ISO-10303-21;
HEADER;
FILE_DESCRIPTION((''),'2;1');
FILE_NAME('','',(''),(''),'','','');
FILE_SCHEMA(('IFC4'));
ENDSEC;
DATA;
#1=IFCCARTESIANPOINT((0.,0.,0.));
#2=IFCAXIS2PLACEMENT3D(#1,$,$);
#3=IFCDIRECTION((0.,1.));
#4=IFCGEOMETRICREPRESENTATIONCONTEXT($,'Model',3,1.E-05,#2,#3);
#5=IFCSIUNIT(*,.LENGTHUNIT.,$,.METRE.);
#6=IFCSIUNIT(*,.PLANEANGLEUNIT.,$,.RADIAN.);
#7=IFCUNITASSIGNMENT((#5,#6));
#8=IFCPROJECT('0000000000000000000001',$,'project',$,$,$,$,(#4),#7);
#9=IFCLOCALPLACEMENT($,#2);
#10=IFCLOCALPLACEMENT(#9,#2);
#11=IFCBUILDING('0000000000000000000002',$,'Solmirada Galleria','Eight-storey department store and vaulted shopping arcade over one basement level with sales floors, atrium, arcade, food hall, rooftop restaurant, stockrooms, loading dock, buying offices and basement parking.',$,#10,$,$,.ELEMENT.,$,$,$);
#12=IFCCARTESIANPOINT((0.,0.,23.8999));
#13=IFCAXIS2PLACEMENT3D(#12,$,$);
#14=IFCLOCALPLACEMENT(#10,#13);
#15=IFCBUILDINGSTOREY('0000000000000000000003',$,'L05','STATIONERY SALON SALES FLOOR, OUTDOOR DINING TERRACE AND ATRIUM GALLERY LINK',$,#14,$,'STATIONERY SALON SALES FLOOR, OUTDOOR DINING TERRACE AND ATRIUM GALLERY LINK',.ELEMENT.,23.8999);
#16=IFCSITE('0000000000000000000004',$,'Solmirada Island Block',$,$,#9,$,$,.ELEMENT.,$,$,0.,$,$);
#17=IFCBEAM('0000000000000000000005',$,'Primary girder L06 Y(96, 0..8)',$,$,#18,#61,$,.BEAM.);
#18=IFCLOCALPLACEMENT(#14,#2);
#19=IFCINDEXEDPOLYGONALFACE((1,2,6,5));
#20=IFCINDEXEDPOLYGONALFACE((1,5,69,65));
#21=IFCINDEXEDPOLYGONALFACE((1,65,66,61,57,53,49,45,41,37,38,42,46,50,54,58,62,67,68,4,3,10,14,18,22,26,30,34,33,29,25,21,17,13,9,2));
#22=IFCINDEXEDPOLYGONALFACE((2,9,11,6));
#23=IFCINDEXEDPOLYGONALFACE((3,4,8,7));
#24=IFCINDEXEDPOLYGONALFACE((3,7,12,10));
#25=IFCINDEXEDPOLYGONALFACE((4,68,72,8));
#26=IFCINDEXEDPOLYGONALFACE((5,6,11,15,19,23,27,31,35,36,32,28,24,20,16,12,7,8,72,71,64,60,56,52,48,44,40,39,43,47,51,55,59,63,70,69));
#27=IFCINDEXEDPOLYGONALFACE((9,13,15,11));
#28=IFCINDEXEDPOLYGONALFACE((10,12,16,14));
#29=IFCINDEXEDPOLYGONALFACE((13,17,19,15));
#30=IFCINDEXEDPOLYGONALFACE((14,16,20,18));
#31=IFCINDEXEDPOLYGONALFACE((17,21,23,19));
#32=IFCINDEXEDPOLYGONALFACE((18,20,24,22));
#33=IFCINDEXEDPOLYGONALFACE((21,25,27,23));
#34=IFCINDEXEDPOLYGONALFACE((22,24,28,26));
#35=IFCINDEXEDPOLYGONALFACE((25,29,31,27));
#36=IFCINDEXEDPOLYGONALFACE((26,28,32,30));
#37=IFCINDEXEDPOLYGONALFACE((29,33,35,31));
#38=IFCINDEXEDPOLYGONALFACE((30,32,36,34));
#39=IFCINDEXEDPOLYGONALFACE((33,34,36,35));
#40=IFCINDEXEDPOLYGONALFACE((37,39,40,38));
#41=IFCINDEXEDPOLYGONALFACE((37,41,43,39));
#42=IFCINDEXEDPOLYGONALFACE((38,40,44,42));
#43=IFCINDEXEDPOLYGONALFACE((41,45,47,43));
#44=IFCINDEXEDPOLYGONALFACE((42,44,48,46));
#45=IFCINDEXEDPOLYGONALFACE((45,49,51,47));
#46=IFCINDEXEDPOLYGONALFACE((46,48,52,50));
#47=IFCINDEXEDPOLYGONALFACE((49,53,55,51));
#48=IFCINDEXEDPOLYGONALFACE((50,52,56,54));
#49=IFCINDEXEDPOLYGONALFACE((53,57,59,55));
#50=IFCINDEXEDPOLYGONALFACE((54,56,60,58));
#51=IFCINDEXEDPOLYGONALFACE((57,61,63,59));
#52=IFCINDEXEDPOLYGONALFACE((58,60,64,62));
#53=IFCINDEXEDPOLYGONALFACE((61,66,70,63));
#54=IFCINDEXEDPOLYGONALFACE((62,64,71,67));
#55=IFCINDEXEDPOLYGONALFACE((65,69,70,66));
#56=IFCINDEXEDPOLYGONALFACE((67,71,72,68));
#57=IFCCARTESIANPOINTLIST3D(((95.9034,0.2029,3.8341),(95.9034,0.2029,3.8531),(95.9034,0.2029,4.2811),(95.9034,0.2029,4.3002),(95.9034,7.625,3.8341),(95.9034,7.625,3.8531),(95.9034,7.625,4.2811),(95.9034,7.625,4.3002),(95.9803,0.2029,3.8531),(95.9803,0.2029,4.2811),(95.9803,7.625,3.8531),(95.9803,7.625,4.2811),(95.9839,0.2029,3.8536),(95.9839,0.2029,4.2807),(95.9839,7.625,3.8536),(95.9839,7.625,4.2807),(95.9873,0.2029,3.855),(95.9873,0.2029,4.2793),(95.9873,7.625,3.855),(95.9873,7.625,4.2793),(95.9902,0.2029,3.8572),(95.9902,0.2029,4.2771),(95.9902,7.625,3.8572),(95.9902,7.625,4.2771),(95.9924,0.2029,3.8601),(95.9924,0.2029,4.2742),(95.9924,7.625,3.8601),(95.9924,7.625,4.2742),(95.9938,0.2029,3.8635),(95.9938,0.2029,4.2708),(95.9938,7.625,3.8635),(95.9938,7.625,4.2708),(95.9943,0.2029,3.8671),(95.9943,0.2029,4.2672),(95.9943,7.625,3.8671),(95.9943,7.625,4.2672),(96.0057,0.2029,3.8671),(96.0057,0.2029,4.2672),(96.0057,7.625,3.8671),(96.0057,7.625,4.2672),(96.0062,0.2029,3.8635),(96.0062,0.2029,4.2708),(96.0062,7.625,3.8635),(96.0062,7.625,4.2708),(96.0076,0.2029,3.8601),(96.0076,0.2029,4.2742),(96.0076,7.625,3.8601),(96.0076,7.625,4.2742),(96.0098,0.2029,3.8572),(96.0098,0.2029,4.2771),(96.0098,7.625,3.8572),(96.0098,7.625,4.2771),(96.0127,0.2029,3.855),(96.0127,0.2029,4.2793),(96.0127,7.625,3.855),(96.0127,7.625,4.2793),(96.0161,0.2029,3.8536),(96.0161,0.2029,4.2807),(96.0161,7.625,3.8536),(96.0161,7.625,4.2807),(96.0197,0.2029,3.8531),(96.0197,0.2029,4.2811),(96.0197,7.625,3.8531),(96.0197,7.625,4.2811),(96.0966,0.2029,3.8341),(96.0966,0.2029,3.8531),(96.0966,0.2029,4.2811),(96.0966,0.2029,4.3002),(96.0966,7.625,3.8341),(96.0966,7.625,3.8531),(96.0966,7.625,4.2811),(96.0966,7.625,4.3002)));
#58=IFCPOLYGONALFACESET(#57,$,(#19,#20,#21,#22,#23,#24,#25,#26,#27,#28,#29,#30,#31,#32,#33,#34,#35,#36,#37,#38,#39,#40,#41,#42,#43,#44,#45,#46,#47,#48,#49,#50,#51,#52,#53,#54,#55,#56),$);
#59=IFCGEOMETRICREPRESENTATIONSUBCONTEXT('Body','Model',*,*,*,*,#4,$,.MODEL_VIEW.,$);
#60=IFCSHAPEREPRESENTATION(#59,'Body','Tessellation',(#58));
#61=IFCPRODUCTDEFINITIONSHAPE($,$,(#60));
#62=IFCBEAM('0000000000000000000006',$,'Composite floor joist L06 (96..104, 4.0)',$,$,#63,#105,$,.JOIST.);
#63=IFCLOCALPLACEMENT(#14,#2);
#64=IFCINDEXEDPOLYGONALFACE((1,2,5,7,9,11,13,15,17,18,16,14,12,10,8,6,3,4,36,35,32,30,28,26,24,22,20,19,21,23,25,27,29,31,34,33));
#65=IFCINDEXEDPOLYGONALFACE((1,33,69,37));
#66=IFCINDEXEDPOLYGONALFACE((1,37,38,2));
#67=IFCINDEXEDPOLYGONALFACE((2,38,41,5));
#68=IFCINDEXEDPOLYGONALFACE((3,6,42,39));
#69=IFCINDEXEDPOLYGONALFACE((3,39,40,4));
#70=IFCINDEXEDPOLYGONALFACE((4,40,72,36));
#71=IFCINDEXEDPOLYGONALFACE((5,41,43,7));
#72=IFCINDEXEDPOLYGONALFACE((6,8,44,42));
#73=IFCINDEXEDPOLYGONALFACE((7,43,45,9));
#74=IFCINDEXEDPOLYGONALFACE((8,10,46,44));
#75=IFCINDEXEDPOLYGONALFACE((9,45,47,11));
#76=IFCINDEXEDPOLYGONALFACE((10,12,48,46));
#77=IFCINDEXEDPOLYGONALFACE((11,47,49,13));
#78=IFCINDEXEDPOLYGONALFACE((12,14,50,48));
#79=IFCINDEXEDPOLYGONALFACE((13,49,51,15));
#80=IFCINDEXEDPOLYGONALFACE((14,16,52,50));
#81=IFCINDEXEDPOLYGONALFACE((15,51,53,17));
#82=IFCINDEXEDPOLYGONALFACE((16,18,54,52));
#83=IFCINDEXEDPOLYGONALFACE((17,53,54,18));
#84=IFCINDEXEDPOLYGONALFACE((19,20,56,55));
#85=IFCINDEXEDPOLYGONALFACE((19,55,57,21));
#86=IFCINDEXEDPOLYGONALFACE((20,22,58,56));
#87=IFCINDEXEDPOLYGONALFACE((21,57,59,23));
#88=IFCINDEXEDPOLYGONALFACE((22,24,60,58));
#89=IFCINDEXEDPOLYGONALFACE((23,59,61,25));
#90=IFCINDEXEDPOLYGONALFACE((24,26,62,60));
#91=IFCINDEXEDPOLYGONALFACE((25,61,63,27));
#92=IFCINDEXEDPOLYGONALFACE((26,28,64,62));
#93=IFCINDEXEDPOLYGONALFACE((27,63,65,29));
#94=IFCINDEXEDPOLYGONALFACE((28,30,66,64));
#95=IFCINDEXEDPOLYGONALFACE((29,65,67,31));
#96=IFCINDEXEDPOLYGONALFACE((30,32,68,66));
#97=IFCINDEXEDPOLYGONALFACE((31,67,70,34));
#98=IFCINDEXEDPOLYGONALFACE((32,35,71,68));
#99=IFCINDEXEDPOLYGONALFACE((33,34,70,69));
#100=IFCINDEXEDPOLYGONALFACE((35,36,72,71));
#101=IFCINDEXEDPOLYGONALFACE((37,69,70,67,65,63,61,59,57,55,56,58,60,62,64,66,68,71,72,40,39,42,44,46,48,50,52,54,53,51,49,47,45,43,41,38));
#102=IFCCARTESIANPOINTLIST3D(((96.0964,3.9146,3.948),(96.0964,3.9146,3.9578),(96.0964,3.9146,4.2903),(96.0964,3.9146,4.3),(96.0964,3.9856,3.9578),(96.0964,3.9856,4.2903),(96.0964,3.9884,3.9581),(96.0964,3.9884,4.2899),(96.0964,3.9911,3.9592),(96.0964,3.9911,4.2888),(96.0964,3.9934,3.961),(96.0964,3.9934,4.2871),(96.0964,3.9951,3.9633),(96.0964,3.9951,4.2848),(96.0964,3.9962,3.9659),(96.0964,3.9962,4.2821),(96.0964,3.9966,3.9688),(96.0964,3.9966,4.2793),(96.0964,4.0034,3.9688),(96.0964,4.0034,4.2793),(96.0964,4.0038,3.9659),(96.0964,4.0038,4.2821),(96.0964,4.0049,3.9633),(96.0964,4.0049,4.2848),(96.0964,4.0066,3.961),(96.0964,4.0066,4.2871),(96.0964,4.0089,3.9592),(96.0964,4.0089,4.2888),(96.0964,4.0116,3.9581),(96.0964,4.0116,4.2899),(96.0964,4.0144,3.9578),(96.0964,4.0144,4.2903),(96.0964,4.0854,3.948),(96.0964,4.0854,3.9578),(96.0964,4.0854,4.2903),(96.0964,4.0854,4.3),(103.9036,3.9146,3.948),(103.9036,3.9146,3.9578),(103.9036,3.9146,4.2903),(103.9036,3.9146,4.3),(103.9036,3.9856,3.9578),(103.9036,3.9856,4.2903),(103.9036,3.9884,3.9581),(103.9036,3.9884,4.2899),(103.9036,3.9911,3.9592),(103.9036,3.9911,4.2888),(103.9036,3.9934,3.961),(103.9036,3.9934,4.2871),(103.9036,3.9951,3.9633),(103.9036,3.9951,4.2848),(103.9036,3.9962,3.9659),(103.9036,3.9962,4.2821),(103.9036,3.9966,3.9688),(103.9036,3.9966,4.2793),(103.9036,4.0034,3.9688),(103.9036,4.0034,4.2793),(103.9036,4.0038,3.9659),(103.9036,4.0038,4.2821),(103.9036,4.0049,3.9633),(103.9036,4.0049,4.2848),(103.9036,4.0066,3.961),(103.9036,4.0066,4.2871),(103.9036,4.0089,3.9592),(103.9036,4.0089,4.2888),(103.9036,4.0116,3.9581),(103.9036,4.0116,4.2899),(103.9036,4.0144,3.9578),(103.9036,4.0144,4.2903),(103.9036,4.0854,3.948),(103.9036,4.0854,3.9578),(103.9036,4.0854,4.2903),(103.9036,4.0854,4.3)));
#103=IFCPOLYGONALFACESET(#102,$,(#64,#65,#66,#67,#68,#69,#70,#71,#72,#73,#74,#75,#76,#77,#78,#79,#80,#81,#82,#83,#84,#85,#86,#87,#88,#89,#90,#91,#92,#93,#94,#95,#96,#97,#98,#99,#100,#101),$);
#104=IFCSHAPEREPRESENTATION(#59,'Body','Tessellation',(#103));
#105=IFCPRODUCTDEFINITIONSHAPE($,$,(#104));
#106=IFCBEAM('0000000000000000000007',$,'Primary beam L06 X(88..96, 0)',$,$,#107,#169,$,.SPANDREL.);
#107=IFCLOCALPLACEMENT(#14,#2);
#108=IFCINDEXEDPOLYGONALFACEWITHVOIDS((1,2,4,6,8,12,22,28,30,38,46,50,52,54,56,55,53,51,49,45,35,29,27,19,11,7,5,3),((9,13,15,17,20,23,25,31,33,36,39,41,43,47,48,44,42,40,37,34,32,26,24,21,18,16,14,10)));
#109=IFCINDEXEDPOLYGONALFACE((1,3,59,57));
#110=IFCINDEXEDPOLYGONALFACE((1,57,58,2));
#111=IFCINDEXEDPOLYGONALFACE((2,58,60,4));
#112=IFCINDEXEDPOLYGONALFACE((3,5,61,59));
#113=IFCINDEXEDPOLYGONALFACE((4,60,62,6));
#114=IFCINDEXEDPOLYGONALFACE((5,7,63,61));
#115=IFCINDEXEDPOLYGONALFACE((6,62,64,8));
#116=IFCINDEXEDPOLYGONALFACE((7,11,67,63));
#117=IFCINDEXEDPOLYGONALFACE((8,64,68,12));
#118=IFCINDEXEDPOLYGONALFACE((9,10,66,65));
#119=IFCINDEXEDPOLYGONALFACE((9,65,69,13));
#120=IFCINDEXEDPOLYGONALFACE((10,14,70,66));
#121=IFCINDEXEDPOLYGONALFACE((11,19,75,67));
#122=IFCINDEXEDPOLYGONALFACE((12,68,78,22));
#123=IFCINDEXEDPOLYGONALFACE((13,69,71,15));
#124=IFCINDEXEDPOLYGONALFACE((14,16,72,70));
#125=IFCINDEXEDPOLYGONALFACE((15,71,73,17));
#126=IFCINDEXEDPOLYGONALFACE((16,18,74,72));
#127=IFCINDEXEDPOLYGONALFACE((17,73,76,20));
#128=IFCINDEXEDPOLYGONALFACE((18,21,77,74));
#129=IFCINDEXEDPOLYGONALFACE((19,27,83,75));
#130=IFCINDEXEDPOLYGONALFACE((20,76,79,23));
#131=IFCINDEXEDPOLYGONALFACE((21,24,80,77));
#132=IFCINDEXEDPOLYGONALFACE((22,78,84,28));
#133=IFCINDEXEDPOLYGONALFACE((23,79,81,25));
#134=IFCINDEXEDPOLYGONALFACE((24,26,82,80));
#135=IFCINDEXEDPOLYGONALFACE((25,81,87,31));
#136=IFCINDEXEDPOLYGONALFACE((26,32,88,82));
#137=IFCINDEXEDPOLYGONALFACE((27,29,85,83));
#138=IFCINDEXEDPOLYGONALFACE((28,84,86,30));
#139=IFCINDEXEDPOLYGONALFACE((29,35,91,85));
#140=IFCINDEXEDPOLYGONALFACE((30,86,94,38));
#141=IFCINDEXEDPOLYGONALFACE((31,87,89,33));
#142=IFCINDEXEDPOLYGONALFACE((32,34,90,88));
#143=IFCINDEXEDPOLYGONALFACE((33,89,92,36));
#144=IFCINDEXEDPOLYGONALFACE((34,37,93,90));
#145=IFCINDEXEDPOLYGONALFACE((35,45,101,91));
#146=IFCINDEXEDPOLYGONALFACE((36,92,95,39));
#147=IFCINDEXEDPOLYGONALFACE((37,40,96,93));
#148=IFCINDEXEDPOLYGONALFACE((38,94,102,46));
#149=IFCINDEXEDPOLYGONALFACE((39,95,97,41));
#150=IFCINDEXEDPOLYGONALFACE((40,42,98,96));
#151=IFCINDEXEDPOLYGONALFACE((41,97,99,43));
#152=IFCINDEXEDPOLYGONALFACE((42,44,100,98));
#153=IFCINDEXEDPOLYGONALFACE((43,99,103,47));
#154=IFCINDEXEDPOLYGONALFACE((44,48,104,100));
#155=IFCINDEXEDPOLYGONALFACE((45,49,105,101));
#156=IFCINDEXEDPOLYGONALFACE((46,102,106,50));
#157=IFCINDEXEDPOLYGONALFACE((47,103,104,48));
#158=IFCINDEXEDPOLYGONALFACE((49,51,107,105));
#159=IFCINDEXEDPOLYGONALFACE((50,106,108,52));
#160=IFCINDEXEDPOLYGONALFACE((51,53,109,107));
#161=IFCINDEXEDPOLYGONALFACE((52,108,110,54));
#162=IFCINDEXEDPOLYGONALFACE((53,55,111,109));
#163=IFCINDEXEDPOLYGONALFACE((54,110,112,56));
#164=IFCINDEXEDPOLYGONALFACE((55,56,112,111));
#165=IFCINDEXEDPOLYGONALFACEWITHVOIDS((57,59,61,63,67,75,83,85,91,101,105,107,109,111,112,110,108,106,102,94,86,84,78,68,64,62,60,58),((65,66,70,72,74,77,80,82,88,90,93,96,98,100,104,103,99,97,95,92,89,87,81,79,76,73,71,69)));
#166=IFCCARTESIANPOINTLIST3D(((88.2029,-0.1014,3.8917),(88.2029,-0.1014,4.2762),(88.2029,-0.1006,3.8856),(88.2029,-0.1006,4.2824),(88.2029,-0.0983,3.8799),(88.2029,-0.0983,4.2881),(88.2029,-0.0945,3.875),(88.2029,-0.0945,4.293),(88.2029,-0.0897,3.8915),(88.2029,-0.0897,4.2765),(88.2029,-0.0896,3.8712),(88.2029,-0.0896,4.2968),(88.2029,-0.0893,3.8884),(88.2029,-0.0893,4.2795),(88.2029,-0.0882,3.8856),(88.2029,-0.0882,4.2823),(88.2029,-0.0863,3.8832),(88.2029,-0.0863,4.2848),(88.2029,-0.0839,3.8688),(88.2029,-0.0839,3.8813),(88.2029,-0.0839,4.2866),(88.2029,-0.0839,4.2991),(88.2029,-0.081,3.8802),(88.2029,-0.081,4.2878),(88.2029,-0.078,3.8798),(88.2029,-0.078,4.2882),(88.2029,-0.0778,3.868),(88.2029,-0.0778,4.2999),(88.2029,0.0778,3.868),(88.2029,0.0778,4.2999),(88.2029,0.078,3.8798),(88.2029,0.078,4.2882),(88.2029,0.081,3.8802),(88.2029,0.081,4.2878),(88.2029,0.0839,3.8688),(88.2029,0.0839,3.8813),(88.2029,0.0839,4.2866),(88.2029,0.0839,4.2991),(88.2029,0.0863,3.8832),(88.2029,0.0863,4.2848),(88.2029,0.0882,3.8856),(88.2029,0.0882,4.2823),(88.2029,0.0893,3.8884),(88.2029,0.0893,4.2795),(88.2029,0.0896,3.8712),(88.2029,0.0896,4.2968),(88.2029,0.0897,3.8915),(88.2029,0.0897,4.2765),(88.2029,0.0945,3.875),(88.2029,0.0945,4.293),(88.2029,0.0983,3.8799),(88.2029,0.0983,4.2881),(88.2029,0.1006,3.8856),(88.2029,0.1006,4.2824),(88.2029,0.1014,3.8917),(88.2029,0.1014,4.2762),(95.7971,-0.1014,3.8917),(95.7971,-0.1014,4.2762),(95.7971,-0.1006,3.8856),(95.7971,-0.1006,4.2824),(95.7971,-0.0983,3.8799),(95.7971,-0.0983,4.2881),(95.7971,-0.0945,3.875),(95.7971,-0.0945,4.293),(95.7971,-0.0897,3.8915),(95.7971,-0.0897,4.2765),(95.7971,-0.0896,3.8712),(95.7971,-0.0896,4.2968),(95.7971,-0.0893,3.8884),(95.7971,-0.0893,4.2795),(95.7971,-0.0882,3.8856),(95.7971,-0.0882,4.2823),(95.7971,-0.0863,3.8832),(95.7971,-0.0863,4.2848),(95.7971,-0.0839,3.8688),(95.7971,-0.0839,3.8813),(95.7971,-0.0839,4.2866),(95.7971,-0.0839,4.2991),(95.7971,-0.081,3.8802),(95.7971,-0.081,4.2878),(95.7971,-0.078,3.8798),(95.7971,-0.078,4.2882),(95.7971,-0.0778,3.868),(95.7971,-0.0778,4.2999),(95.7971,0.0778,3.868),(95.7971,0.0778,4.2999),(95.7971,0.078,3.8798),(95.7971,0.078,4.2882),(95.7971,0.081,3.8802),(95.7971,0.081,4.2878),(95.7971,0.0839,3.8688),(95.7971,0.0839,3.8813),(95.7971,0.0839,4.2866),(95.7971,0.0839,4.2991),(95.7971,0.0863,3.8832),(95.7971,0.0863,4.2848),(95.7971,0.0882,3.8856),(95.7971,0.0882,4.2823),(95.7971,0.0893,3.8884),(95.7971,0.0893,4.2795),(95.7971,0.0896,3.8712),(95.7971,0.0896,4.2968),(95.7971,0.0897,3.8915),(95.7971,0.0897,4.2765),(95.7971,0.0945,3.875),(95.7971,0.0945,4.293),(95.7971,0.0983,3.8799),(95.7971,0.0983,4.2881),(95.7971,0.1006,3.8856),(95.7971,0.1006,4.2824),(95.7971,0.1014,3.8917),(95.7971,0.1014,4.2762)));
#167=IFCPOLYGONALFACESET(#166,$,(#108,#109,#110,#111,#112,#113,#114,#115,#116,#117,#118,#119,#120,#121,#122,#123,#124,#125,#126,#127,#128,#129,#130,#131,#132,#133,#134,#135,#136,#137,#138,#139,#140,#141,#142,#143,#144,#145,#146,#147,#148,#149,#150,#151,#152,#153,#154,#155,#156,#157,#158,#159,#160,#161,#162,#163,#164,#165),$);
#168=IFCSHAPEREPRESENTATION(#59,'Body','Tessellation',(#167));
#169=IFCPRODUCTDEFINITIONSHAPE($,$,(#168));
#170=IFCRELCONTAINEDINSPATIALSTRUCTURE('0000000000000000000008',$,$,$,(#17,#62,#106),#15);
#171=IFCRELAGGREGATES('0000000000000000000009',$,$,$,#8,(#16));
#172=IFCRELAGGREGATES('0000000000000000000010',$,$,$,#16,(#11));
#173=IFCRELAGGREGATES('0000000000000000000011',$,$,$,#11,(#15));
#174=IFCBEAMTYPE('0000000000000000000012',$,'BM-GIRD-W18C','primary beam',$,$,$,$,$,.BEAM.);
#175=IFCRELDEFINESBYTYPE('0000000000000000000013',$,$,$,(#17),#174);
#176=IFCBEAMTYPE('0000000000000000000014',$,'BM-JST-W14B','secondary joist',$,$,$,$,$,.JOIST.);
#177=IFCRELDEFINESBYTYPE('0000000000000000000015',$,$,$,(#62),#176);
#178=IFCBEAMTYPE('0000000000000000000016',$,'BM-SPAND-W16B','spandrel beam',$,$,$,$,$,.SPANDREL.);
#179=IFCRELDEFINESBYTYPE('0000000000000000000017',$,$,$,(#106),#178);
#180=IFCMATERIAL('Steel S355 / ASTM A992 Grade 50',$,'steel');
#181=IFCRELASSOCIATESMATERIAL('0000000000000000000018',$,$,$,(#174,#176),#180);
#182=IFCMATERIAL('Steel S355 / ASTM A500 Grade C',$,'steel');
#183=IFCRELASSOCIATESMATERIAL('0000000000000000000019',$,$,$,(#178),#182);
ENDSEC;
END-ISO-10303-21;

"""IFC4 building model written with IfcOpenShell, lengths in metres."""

from ifc_helpers import new_model, si_unit, direction, frame, origin, origin_2d, place, context, subcontext, project, spatial, hollow_rectangle, i_section, extrude, material, material_profile, profile_set, type_object, element, save


model = new_model("IFC4")

# Units and contexts
model_context = context("Model", 3, precision=1e-05, world=origin(), true_north=direction((0.0, 1.0)))
body_context = subcontext(model_context, "Body", "Model", "MODEL_VIEW")
ifc_project = project(units=[si_unit("LENGTHUNIT", "METRE"), si_unit("PLANEANGLEUNIT", "RADIAN")], contexts=[model_context])

# Site, building, storey
site_placement = place(None, origin())
site = spatial("IfcSite", under=ifc_project, at=site_placement, Name="Solmirada Island Block", CompositionType="ELEMENT", RefElevation=0.0)
building_placement = place(site_placement, origin())
building = spatial("IfcBuilding", under=site, at=building_placement, Name="Solmirada Galleria", Description="Eight-storey department store and vaulted shopping arcade over one basement level with sales floors, atrium, arcade, food hall, rooftop restaurant, stockrooms, loading dock, buying offices and basement parking.", CompositionType="ELEMENT")
storey_placement = place(building_placement, frame((0.0, 0.0, 23.8999)))
storey = spatial("IfcBuildingStorey", under=building, at=storey_placement, Name="L05", Description="STATIONERY SALON SALES FLOOR, OUTDOOR DINING TERRACE AND ATRIUM GALLERY LINK", LongName="STATIONERY SALON SALES FLOOR, OUTDOOR DINING TERRACE AND ATRIUM GALLERY LINK", CompositionType="ELEMENT", Elevation=23.8999)

# Shared definitions
ifc_material_1 = material(Name="Steel S355 / ASTM A500 Grade C", Category="steel")

# Beams
ifc_material_2 = material(Name="Steel S355 / ASTM A992 Grade 50", Category="steel")
ifc_material_profile_1 = material_profile(ifc_material_2, i_section(OverallWidth=0.1931, OverallDepth=0.4661, WebThickness=0.0115, FlangeThickness=0.019, FilletRadius=0.0139, at=origin_2d()), Name="W18X65")
ifc_profile_set_1 = profile_set([ifc_material_profile_1], Name="Steel S355 / ASTM A992 Grade 50")
beam_type_1 = type_object("IfcBeamType", Name="BM-GIRD-W18C", Description="primary beam", PredefinedType="BEAM", material=ifc_profile_set_1)
for number, where, z_axis, x_axis, name in (
    (1, (96.0, 0.2029, 4.0671), (0.0, 1.0, 0.0), (-1.0, 0.0, 0.0), "Primary girder L06 Y(96, 0..8)"),
):
    element("IfcBeam", number, at=place(storey_placement, frame(where, z_axis=z_axis, x_axis=x_axis)), inside=storey, type_object=beam_type_1, Name=name, PredefinedType="BEAM", context=body_context, shape_type="SweptSolid", body=[
        extrude(i_section(OverallWidth=0.1931, OverallDepth=0.4661, WebThickness=0.0115, FlangeThickness=0.019, FilletRadius=0.0139, at=origin_2d()), origin(), (0.0, 0.0, 1.0), 7.4221),
    ])
ifc_material_profile_2 = material_profile(ifc_material_2, i_section(OverallWidth=0.1709, OverallDepth=0.3521, WebThickness=0.0068, FlangeThickness=0.0098, FilletRadius=0.011, at=origin_2d()), Name="W14X30")
ifc_profile_set_2 = profile_set([ifc_material_profile_2], Name="Steel S355 / ASTM A992 Grade 50")
beam_type_2 = type_object("IfcBeamType", Name="BM-JST-W14B", Description="secondary joist", PredefinedType="JOIST", material=ifc_profile_set_2)
beam_placement = place(storey_placement, frame((96.0964, 4.0, 4.124), z_axis=(1.0, 0.0, 0.0), x_axis=(0.0, 1.0, 0.0)))
element("IfcBeam", 2, at=beam_placement, inside=storey, type_object=beam_type_2, Name="Composite floor joist L06 (96..104, 4.0)", PredefinedType="JOIST", context=body_context, shape_type="SweptSolid", body=[
    extrude(i_section(OverallWidth=0.1709, OverallDepth=0.3521, WebThickness=0.0068, FlangeThickness=0.0098, FilletRadius=0.011, at=origin_2d()), origin(), (0.0, 0.0, 1.0), 7.8071),
])
ifc_material_profile_3 = material_profile(ifc_material_1, hollow_rectangle(XDim=0.2029, YDim=0.4319, WallThickness=0.0117, InnerFilletRadius=0.0117, OuterFilletRadius=0.0237, at=origin_2d()), Name="HSS17X8X1/2")
ifc_profile_set_3 = profile_set([ifc_material_profile_3], Name="Steel S355 / ASTM A500 Grade C")
beam_type_3 = type_object("IfcBeamType", Name="BM-SPAND-W16B", Description="spandrel beam", PredefinedType="SPANDREL", material=ifc_profile_set_3)
for number, where, z_axis, x_axis, name in (
    (3, (88.2029, 0.0, 4.084), (1.0, 0.0, 0.0), (0.0, 1.0, 0.0), "Primary beam L06 X(88..96, 0)"),
):
    element("IfcBeam", number, at=place(storey_placement, frame(where, z_axis=z_axis, x_axis=x_axis)), inside=storey, type_object=beam_type_3, Name=name, PredefinedType="SPANDREL", context=body_context, shape_type="SweptSolid", body=[
        extrude(hollow_rectangle(XDim=0.2029, YDim=0.4319, WallThickness=0.0117, InnerFilletRadius=0.0117, OuterFilletRadius=0.0237, at=origin_2d()), origin(), (0.0, 0.0, 1.0), 7.5942),
    ])

save(model, "model.ifc")
